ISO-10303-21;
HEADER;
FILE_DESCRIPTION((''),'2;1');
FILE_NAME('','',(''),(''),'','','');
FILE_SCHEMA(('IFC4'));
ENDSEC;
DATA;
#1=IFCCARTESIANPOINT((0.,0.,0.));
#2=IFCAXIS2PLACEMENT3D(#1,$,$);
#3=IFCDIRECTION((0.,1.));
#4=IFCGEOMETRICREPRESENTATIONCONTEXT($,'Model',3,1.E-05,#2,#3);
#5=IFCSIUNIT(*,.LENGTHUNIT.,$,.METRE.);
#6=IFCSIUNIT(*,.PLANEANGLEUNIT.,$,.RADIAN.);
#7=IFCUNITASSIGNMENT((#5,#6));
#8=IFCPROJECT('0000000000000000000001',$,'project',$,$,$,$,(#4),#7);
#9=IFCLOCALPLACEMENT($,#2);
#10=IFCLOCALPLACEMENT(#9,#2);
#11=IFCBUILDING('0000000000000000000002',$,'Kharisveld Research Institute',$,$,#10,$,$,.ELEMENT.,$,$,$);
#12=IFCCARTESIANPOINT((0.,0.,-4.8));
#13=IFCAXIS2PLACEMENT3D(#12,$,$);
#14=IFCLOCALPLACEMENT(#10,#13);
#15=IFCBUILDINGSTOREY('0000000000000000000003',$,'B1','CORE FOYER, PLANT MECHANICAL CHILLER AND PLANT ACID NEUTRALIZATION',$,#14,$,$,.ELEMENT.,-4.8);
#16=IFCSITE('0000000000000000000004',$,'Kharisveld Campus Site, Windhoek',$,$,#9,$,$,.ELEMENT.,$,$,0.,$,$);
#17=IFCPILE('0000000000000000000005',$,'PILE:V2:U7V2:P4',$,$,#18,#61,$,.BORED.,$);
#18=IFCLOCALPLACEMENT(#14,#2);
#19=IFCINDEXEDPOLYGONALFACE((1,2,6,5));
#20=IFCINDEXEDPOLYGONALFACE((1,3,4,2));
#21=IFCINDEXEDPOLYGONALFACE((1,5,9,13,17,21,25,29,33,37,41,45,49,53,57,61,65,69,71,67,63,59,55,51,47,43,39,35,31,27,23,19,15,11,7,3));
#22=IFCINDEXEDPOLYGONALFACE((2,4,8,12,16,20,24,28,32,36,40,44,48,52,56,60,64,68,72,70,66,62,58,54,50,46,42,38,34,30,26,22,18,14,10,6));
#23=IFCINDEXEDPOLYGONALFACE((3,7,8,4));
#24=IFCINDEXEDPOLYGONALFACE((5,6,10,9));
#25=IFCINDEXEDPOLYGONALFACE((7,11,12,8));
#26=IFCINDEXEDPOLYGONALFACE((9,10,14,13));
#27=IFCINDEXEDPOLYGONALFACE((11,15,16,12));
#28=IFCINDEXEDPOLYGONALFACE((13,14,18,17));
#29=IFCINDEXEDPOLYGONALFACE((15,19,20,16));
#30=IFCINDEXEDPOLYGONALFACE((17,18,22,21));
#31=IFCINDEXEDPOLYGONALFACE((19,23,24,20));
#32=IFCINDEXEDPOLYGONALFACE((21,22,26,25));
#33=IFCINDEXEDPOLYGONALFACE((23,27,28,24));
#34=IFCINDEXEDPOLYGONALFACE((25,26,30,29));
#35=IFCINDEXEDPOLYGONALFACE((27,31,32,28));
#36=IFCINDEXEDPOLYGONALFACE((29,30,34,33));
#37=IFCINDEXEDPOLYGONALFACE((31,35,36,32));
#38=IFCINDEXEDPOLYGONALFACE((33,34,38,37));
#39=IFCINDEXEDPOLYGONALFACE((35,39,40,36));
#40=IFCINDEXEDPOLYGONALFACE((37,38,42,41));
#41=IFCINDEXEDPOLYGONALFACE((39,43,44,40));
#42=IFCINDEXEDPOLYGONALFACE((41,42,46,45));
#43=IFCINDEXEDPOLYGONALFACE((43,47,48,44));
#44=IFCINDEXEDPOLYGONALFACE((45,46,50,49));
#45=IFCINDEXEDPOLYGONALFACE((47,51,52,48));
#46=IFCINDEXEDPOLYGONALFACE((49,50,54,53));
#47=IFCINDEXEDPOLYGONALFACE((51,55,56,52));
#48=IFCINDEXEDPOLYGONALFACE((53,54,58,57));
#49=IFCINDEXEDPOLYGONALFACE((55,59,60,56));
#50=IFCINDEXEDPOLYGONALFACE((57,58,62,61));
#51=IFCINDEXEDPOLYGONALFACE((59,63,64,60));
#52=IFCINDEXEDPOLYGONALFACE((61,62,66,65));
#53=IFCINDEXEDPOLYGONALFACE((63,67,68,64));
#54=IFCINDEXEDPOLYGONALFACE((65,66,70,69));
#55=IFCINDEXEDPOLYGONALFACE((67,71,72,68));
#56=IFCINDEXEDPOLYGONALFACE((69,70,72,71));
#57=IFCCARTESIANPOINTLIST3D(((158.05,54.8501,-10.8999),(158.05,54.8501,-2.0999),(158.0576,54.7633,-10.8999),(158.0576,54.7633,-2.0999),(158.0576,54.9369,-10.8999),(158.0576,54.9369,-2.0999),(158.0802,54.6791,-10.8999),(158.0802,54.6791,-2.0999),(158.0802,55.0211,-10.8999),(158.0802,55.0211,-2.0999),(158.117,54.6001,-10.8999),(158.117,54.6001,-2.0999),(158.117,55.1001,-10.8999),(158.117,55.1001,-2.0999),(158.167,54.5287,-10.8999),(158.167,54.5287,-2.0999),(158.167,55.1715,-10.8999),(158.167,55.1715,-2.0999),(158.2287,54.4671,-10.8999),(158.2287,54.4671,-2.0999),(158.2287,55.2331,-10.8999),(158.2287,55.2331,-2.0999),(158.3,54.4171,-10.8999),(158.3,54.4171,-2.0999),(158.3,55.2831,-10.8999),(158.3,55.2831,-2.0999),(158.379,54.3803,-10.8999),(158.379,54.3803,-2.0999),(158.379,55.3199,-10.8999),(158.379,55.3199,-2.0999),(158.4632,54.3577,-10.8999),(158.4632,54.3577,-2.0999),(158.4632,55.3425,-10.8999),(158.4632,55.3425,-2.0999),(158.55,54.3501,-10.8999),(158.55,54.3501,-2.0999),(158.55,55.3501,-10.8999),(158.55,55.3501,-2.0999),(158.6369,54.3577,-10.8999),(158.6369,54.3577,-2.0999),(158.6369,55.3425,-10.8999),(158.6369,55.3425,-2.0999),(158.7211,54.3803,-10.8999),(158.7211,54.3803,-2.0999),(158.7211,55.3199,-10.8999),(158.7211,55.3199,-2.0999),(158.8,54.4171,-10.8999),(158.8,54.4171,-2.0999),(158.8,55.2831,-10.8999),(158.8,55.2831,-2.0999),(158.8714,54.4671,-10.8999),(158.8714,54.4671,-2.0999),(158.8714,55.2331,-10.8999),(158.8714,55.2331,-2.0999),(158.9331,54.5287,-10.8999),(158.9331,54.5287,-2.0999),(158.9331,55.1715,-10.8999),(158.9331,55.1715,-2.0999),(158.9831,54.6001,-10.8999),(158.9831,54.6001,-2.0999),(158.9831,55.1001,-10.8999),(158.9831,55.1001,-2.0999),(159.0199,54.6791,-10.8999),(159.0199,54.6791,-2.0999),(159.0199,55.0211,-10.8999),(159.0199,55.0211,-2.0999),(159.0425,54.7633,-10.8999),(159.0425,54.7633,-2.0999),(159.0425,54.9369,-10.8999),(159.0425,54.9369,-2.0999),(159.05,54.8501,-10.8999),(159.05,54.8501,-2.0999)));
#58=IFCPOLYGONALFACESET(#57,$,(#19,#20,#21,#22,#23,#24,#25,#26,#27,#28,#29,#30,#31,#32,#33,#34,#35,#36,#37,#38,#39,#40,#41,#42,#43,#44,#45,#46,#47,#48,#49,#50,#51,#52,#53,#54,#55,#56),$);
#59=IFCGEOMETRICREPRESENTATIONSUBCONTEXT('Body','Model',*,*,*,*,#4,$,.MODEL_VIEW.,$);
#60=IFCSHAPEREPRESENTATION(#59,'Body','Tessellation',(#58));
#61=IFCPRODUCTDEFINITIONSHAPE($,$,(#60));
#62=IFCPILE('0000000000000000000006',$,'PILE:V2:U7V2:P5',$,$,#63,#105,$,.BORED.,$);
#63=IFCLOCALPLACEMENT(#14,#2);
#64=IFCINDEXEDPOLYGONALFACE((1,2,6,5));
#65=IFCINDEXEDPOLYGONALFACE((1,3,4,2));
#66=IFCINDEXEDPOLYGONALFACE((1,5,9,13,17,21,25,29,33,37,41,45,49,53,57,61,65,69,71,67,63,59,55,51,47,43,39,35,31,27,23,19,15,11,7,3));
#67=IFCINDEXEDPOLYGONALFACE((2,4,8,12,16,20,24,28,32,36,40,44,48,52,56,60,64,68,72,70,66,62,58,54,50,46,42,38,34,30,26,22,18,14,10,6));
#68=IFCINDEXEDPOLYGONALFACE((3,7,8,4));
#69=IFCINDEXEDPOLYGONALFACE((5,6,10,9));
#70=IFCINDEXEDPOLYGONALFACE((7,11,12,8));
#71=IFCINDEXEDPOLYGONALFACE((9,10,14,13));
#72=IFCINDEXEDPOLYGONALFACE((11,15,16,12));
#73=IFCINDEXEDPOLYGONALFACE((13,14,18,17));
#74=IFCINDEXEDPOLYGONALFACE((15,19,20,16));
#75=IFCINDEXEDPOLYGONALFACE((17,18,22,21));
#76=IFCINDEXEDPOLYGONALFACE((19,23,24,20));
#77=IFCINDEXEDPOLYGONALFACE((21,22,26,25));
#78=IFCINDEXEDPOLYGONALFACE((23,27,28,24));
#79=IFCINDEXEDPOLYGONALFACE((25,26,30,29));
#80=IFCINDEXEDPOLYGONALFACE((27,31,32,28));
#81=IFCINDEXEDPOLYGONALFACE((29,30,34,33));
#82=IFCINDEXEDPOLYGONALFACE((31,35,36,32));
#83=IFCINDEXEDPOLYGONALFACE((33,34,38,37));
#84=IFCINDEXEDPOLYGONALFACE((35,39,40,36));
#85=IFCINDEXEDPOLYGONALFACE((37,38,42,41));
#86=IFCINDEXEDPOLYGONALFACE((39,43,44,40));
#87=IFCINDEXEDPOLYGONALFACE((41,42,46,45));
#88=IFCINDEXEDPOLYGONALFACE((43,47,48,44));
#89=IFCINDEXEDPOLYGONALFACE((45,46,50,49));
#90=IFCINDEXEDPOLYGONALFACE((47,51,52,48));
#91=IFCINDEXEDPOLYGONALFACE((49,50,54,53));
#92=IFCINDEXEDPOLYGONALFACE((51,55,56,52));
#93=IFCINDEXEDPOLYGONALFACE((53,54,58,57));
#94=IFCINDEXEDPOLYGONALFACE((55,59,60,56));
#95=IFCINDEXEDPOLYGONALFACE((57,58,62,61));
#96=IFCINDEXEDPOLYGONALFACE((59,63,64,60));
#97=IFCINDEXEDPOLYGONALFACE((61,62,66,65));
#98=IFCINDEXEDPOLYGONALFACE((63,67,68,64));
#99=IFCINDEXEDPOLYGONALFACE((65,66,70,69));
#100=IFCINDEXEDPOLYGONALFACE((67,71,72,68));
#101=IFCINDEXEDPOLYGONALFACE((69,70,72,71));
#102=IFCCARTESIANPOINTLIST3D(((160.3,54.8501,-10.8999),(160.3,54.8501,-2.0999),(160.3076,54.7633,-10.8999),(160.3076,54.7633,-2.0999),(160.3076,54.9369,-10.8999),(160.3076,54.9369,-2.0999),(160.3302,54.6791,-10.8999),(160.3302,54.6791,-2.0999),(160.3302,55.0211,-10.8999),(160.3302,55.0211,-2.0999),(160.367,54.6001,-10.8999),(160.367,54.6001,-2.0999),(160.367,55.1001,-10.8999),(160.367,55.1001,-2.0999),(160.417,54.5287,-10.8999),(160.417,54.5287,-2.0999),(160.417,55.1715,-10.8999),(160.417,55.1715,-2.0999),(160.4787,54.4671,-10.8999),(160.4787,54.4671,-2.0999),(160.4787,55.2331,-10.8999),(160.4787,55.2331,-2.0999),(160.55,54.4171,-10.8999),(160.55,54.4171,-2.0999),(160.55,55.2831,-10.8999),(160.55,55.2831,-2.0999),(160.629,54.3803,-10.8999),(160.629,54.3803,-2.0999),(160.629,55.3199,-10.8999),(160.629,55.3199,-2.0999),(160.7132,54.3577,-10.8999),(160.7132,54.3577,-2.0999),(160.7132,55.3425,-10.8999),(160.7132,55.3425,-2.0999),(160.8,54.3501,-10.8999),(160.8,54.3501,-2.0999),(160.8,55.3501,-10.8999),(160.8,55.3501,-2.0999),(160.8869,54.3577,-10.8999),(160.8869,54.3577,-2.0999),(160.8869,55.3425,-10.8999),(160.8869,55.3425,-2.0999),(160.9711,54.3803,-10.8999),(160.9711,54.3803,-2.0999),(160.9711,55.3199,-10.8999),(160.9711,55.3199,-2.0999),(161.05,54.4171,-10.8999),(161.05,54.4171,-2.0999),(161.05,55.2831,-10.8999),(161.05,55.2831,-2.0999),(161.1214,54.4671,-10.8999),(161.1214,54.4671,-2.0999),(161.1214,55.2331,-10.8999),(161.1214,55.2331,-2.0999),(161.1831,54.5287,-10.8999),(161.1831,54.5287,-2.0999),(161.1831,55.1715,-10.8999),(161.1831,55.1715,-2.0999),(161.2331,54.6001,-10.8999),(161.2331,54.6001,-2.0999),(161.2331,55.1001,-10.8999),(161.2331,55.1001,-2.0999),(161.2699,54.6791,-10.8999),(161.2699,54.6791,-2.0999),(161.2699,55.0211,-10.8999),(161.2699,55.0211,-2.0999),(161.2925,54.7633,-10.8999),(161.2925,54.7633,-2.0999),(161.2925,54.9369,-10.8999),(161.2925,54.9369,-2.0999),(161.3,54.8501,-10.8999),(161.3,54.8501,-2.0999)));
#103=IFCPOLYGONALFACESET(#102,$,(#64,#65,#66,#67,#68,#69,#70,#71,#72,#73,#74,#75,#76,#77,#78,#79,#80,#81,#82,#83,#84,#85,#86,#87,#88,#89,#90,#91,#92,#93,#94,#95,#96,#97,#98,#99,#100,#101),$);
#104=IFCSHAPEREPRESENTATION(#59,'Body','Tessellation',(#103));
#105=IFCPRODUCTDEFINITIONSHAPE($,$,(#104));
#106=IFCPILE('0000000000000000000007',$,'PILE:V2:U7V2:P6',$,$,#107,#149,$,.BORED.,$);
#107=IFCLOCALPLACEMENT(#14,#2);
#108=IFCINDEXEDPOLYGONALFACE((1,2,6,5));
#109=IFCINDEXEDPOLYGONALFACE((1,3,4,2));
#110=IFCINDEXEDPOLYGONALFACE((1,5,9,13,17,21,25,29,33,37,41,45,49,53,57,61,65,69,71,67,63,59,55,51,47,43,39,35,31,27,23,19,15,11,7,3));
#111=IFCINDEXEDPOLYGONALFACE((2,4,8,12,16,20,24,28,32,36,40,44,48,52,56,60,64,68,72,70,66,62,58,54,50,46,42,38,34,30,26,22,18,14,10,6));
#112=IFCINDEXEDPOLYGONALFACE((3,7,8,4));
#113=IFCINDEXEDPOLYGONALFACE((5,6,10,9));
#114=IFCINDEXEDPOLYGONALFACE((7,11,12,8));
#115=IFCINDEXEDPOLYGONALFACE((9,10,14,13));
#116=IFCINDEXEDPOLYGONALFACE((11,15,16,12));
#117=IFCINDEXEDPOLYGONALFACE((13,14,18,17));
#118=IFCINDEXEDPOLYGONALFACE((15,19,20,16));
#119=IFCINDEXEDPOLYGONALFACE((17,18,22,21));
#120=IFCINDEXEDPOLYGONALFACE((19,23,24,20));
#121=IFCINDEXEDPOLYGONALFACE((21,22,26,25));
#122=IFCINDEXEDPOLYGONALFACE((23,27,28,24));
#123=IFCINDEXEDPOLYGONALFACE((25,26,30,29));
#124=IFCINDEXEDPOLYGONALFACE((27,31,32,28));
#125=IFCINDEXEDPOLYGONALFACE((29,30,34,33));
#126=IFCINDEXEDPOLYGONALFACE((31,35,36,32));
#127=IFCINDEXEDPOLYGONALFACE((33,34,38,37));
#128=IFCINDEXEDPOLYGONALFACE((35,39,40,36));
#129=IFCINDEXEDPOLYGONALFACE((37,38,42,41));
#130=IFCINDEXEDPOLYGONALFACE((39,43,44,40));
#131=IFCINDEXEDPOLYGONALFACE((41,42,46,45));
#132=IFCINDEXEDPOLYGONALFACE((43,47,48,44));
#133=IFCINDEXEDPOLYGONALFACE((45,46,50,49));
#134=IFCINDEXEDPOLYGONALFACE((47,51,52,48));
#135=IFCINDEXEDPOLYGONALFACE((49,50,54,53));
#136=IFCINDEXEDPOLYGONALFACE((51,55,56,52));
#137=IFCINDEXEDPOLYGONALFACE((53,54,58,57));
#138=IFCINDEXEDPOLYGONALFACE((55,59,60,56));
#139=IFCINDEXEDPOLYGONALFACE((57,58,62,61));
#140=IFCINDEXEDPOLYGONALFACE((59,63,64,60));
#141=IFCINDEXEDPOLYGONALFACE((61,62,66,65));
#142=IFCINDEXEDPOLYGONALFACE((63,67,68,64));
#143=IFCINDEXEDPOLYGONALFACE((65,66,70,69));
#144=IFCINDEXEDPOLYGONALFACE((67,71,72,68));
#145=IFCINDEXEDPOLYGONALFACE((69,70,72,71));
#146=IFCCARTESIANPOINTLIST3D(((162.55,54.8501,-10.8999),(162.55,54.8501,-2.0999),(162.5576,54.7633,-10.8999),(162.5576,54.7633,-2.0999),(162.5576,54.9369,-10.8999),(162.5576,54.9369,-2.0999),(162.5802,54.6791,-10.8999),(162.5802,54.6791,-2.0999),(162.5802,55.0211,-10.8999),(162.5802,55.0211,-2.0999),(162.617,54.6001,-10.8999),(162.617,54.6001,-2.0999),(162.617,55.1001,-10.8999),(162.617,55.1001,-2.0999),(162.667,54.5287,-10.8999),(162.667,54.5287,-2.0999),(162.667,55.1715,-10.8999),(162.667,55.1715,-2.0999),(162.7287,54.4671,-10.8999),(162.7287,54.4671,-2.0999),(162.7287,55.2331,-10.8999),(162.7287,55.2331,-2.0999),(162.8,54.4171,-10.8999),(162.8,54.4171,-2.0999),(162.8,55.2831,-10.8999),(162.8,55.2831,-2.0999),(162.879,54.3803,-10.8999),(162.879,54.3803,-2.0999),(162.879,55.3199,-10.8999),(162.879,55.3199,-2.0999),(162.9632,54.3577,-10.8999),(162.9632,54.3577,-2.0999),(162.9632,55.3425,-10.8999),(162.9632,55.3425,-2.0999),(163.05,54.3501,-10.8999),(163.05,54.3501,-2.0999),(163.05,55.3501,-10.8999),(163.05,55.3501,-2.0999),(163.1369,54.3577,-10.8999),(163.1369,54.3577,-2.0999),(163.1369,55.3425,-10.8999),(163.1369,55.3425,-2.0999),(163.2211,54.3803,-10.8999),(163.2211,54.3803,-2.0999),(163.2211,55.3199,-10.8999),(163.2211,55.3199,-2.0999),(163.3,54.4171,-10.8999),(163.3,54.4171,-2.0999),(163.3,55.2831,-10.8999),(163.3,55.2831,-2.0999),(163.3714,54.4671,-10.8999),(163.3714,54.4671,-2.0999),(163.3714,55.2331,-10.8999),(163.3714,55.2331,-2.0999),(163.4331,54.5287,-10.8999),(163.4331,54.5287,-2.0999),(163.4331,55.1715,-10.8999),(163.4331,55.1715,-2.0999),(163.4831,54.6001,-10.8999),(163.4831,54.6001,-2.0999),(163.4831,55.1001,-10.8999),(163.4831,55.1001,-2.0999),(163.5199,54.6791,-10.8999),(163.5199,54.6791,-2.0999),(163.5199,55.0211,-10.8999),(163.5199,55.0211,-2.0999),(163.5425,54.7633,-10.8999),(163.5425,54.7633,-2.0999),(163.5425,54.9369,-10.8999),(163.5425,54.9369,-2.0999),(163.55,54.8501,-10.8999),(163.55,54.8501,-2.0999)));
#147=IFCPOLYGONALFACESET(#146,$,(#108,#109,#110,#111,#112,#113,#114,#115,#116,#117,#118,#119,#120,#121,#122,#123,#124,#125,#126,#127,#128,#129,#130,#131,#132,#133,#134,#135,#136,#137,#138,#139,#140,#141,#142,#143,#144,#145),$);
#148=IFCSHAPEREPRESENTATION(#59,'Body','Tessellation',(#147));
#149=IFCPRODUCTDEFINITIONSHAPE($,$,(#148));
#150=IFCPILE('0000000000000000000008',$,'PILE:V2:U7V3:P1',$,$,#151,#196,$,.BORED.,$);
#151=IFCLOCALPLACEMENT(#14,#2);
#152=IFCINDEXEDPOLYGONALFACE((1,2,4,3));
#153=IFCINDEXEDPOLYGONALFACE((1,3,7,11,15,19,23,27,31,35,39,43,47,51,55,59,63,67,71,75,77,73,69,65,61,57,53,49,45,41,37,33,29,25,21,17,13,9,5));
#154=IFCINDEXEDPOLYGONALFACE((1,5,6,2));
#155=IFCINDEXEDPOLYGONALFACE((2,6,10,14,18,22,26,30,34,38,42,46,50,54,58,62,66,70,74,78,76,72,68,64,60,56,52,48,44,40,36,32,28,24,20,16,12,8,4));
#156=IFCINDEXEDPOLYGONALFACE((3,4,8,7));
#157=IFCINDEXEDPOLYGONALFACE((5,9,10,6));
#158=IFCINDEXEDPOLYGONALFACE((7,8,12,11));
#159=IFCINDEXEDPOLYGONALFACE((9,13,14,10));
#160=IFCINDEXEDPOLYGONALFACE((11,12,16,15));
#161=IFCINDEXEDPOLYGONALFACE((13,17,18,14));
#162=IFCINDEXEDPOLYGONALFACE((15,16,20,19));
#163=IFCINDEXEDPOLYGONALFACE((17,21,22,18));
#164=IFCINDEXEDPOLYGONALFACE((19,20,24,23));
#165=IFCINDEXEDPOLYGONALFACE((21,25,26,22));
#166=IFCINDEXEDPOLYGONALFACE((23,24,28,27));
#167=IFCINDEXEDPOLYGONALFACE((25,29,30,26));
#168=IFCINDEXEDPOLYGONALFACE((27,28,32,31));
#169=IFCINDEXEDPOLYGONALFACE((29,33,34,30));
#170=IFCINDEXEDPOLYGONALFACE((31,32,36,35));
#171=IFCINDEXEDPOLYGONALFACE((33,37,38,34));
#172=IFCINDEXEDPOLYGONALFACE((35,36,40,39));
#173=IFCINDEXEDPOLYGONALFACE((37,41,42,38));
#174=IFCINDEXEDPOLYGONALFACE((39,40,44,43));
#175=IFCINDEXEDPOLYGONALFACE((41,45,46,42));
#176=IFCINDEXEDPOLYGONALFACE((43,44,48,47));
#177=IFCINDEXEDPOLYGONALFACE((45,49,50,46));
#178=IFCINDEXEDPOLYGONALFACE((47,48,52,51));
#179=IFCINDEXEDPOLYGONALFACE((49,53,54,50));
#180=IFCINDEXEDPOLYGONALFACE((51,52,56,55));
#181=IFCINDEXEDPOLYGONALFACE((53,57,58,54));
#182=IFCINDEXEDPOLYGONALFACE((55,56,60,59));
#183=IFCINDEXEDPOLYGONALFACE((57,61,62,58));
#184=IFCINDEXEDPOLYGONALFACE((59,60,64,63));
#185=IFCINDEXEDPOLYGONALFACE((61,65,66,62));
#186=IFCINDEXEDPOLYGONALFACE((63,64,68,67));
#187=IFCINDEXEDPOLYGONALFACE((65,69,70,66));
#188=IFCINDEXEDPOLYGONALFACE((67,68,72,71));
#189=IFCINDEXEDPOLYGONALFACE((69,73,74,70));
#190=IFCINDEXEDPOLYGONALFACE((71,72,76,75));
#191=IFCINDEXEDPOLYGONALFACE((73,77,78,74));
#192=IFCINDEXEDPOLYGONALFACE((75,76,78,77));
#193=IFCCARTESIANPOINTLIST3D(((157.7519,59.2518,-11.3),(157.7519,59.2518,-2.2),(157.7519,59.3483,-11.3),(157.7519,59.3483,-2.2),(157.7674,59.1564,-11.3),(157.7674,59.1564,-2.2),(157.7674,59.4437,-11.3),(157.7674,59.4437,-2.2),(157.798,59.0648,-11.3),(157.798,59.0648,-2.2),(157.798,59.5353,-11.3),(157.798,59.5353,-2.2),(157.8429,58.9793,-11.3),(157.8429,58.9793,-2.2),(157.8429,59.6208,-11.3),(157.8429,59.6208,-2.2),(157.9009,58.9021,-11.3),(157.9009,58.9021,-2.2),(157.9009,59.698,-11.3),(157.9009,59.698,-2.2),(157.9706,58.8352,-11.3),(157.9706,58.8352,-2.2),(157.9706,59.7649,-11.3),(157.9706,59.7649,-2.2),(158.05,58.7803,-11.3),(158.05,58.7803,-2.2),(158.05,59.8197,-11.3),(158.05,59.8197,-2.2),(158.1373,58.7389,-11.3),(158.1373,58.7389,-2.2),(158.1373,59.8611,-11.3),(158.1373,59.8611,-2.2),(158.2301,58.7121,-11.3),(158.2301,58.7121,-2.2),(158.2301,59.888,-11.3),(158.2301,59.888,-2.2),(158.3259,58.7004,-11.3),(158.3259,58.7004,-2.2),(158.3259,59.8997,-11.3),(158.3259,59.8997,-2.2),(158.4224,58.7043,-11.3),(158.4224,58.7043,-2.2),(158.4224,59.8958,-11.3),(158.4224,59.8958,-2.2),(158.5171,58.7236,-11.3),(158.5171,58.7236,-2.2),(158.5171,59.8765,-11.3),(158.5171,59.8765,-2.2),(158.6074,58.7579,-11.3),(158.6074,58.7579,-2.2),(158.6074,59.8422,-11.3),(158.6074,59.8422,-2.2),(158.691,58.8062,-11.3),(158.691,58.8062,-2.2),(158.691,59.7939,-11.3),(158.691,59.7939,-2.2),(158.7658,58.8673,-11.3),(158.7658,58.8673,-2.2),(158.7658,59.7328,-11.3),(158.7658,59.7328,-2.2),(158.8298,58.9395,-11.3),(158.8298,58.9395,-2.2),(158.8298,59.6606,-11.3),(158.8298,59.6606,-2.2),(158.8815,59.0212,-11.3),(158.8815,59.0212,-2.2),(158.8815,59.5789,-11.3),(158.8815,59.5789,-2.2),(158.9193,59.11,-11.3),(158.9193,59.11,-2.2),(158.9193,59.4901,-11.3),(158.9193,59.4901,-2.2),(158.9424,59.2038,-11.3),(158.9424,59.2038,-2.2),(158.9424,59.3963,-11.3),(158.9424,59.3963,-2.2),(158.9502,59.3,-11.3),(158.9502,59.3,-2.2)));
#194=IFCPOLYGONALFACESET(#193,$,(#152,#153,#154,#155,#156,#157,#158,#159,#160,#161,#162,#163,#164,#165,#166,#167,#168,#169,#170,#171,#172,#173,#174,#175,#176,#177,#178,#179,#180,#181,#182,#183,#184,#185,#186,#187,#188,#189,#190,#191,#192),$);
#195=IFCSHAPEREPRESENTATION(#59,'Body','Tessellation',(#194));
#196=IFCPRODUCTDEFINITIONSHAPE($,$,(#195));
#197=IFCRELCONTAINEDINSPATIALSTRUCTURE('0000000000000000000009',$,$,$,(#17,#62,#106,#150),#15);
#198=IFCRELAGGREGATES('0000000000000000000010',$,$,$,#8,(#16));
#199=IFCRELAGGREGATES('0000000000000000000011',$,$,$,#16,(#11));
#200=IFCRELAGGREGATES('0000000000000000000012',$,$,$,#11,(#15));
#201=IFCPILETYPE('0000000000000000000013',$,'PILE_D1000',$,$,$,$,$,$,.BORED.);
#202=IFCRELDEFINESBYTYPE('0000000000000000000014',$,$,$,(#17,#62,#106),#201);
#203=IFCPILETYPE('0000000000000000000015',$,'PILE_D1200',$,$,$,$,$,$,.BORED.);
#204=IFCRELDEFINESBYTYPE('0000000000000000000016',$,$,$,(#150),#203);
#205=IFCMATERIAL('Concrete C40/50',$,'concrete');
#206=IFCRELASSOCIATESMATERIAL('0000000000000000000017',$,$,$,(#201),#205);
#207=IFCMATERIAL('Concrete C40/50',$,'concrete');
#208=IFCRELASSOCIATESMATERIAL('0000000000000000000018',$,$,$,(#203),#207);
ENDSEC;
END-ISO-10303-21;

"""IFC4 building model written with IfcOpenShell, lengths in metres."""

from ifc_helpers import new_model, si_unit, direction, frame, origin, origin_2d, place, context, subcontext, project, spatial, circle, extrude, material, material_profile, profile_set, type_object, element, save


model = new_model("IFC4")

# Units and contexts
model_context = context("Model", 3, precision=1e-05, world=origin(), true_north=direction((0.0, 1.0)))
body_context = subcontext(model_context, "Body", "Model", "MODEL_VIEW")
ifc_project = project(units=[si_unit("LENGTHUNIT", "METRE"), si_unit("PLANEANGLEUNIT", "RADIAN")], contexts=[model_context])

# Site, building, storey
site_placement = place(None, origin())
site = spatial("IfcSite", under=ifc_project, at=site_placement, Name="Kharisveld Campus Site, Windhoek", CompositionType="ELEMENT", RefElevation=0.0)
building_placement = place(site_placement, origin())
building = spatial("IfcBuilding", under=site, at=building_placement, Name="Kharisveld Research Institute", CompositionType="ELEMENT")
storey_placement = place(building_placement, frame((0.0, 0.0, -4.8)))
storey = spatial("IfcBuildingStorey", under=building, at=storey_placement, Name="B1", Description="CORE FOYER, PLANT MECHANICAL CHILLER AND PLANT ACID NEUTRALIZATION", CompositionType="ELEMENT", Elevation=-4.8)

# Piles
ifc_material_1 = material(Name="Concrete C40/50", Category="concrete")
ifc_material_profile_1 = material_profile(ifc_material_1, circle(Radius=0.5, at=origin_2d()))
ifc_profile_set_1 = profile_set([ifc_material_profile_1], Name="Concrete C40/50")
pile_type_1 = type_object("IfcPileType", Name="PILE_D1000", PredefinedType="BORED", material=ifc_profile_set_1)
for number, where, z_axis, x_axis, name in (
    (1, (158.55, 54.8501, -2.0999), (0.0, 0.0, -1.0), (1.0, 0.0, 0.0), "PILE:V2:U7V2:P4"),
    (2, (160.8, 54.8501, -2.0999), (0.0, 0.0, -1.0), (1.0, 0.0, 0.0), "PILE:V2:U7V2:P5"),
    (3, (163.05, 54.8501, -2.0999), (0.0, 0.0, -1.0), (1.0, 0.0, 0.0), "PILE:V2:U7V2:P6"),
):
    element("IfcPile", number, at=place(storey_placement, frame(where, z_axis=z_axis, x_axis=x_axis)), inside=storey, type_object=pile_type_1, Name=name, PredefinedType="BORED", context=body_context, shape_type="SweptSolid", body=[
        extrude(circle(Radius=0.5, at=origin_2d()), origin(), (0.0, 0.0, 1.0), 8.8),
    ])
ifc_material_2 = material(Name="Concrete C40/50", Category="concrete")
ifc_material_profile_2 = material_profile(ifc_material_2, circle(Radius=0.6001, at=origin_2d()))
ifc_profile_set_2 = profile_set([ifc_material_profile_2], Name="Concrete C40/50")
pile_type_2 = type_object("IfcPileType", Name="PILE_D1200", PredefinedType="BORED", material=ifc_profile_set_2)
for number, where, z_axis, x_axis, name in (
    (4, (158.3501, 59.3, -2.2), (0.0, 0.0, -1.0), (1.0, 0.0, 0.0), "PILE:V2:U7V3:P1"),
):
    element("IfcPile", number, at=place(storey_placement, frame(where, z_axis=z_axis, x_axis=x_axis)), inside=storey, type_object=pile_type_2, Name=name, PredefinedType="BORED", context=body_context, shape_type="SweptSolid", body=[
        extrude(circle(Radius=0.6001, at=origin_2d()), origin(), (0.0, 0.0, 1.0), 9.1001),
    ])

save(model, "model.ifc")
